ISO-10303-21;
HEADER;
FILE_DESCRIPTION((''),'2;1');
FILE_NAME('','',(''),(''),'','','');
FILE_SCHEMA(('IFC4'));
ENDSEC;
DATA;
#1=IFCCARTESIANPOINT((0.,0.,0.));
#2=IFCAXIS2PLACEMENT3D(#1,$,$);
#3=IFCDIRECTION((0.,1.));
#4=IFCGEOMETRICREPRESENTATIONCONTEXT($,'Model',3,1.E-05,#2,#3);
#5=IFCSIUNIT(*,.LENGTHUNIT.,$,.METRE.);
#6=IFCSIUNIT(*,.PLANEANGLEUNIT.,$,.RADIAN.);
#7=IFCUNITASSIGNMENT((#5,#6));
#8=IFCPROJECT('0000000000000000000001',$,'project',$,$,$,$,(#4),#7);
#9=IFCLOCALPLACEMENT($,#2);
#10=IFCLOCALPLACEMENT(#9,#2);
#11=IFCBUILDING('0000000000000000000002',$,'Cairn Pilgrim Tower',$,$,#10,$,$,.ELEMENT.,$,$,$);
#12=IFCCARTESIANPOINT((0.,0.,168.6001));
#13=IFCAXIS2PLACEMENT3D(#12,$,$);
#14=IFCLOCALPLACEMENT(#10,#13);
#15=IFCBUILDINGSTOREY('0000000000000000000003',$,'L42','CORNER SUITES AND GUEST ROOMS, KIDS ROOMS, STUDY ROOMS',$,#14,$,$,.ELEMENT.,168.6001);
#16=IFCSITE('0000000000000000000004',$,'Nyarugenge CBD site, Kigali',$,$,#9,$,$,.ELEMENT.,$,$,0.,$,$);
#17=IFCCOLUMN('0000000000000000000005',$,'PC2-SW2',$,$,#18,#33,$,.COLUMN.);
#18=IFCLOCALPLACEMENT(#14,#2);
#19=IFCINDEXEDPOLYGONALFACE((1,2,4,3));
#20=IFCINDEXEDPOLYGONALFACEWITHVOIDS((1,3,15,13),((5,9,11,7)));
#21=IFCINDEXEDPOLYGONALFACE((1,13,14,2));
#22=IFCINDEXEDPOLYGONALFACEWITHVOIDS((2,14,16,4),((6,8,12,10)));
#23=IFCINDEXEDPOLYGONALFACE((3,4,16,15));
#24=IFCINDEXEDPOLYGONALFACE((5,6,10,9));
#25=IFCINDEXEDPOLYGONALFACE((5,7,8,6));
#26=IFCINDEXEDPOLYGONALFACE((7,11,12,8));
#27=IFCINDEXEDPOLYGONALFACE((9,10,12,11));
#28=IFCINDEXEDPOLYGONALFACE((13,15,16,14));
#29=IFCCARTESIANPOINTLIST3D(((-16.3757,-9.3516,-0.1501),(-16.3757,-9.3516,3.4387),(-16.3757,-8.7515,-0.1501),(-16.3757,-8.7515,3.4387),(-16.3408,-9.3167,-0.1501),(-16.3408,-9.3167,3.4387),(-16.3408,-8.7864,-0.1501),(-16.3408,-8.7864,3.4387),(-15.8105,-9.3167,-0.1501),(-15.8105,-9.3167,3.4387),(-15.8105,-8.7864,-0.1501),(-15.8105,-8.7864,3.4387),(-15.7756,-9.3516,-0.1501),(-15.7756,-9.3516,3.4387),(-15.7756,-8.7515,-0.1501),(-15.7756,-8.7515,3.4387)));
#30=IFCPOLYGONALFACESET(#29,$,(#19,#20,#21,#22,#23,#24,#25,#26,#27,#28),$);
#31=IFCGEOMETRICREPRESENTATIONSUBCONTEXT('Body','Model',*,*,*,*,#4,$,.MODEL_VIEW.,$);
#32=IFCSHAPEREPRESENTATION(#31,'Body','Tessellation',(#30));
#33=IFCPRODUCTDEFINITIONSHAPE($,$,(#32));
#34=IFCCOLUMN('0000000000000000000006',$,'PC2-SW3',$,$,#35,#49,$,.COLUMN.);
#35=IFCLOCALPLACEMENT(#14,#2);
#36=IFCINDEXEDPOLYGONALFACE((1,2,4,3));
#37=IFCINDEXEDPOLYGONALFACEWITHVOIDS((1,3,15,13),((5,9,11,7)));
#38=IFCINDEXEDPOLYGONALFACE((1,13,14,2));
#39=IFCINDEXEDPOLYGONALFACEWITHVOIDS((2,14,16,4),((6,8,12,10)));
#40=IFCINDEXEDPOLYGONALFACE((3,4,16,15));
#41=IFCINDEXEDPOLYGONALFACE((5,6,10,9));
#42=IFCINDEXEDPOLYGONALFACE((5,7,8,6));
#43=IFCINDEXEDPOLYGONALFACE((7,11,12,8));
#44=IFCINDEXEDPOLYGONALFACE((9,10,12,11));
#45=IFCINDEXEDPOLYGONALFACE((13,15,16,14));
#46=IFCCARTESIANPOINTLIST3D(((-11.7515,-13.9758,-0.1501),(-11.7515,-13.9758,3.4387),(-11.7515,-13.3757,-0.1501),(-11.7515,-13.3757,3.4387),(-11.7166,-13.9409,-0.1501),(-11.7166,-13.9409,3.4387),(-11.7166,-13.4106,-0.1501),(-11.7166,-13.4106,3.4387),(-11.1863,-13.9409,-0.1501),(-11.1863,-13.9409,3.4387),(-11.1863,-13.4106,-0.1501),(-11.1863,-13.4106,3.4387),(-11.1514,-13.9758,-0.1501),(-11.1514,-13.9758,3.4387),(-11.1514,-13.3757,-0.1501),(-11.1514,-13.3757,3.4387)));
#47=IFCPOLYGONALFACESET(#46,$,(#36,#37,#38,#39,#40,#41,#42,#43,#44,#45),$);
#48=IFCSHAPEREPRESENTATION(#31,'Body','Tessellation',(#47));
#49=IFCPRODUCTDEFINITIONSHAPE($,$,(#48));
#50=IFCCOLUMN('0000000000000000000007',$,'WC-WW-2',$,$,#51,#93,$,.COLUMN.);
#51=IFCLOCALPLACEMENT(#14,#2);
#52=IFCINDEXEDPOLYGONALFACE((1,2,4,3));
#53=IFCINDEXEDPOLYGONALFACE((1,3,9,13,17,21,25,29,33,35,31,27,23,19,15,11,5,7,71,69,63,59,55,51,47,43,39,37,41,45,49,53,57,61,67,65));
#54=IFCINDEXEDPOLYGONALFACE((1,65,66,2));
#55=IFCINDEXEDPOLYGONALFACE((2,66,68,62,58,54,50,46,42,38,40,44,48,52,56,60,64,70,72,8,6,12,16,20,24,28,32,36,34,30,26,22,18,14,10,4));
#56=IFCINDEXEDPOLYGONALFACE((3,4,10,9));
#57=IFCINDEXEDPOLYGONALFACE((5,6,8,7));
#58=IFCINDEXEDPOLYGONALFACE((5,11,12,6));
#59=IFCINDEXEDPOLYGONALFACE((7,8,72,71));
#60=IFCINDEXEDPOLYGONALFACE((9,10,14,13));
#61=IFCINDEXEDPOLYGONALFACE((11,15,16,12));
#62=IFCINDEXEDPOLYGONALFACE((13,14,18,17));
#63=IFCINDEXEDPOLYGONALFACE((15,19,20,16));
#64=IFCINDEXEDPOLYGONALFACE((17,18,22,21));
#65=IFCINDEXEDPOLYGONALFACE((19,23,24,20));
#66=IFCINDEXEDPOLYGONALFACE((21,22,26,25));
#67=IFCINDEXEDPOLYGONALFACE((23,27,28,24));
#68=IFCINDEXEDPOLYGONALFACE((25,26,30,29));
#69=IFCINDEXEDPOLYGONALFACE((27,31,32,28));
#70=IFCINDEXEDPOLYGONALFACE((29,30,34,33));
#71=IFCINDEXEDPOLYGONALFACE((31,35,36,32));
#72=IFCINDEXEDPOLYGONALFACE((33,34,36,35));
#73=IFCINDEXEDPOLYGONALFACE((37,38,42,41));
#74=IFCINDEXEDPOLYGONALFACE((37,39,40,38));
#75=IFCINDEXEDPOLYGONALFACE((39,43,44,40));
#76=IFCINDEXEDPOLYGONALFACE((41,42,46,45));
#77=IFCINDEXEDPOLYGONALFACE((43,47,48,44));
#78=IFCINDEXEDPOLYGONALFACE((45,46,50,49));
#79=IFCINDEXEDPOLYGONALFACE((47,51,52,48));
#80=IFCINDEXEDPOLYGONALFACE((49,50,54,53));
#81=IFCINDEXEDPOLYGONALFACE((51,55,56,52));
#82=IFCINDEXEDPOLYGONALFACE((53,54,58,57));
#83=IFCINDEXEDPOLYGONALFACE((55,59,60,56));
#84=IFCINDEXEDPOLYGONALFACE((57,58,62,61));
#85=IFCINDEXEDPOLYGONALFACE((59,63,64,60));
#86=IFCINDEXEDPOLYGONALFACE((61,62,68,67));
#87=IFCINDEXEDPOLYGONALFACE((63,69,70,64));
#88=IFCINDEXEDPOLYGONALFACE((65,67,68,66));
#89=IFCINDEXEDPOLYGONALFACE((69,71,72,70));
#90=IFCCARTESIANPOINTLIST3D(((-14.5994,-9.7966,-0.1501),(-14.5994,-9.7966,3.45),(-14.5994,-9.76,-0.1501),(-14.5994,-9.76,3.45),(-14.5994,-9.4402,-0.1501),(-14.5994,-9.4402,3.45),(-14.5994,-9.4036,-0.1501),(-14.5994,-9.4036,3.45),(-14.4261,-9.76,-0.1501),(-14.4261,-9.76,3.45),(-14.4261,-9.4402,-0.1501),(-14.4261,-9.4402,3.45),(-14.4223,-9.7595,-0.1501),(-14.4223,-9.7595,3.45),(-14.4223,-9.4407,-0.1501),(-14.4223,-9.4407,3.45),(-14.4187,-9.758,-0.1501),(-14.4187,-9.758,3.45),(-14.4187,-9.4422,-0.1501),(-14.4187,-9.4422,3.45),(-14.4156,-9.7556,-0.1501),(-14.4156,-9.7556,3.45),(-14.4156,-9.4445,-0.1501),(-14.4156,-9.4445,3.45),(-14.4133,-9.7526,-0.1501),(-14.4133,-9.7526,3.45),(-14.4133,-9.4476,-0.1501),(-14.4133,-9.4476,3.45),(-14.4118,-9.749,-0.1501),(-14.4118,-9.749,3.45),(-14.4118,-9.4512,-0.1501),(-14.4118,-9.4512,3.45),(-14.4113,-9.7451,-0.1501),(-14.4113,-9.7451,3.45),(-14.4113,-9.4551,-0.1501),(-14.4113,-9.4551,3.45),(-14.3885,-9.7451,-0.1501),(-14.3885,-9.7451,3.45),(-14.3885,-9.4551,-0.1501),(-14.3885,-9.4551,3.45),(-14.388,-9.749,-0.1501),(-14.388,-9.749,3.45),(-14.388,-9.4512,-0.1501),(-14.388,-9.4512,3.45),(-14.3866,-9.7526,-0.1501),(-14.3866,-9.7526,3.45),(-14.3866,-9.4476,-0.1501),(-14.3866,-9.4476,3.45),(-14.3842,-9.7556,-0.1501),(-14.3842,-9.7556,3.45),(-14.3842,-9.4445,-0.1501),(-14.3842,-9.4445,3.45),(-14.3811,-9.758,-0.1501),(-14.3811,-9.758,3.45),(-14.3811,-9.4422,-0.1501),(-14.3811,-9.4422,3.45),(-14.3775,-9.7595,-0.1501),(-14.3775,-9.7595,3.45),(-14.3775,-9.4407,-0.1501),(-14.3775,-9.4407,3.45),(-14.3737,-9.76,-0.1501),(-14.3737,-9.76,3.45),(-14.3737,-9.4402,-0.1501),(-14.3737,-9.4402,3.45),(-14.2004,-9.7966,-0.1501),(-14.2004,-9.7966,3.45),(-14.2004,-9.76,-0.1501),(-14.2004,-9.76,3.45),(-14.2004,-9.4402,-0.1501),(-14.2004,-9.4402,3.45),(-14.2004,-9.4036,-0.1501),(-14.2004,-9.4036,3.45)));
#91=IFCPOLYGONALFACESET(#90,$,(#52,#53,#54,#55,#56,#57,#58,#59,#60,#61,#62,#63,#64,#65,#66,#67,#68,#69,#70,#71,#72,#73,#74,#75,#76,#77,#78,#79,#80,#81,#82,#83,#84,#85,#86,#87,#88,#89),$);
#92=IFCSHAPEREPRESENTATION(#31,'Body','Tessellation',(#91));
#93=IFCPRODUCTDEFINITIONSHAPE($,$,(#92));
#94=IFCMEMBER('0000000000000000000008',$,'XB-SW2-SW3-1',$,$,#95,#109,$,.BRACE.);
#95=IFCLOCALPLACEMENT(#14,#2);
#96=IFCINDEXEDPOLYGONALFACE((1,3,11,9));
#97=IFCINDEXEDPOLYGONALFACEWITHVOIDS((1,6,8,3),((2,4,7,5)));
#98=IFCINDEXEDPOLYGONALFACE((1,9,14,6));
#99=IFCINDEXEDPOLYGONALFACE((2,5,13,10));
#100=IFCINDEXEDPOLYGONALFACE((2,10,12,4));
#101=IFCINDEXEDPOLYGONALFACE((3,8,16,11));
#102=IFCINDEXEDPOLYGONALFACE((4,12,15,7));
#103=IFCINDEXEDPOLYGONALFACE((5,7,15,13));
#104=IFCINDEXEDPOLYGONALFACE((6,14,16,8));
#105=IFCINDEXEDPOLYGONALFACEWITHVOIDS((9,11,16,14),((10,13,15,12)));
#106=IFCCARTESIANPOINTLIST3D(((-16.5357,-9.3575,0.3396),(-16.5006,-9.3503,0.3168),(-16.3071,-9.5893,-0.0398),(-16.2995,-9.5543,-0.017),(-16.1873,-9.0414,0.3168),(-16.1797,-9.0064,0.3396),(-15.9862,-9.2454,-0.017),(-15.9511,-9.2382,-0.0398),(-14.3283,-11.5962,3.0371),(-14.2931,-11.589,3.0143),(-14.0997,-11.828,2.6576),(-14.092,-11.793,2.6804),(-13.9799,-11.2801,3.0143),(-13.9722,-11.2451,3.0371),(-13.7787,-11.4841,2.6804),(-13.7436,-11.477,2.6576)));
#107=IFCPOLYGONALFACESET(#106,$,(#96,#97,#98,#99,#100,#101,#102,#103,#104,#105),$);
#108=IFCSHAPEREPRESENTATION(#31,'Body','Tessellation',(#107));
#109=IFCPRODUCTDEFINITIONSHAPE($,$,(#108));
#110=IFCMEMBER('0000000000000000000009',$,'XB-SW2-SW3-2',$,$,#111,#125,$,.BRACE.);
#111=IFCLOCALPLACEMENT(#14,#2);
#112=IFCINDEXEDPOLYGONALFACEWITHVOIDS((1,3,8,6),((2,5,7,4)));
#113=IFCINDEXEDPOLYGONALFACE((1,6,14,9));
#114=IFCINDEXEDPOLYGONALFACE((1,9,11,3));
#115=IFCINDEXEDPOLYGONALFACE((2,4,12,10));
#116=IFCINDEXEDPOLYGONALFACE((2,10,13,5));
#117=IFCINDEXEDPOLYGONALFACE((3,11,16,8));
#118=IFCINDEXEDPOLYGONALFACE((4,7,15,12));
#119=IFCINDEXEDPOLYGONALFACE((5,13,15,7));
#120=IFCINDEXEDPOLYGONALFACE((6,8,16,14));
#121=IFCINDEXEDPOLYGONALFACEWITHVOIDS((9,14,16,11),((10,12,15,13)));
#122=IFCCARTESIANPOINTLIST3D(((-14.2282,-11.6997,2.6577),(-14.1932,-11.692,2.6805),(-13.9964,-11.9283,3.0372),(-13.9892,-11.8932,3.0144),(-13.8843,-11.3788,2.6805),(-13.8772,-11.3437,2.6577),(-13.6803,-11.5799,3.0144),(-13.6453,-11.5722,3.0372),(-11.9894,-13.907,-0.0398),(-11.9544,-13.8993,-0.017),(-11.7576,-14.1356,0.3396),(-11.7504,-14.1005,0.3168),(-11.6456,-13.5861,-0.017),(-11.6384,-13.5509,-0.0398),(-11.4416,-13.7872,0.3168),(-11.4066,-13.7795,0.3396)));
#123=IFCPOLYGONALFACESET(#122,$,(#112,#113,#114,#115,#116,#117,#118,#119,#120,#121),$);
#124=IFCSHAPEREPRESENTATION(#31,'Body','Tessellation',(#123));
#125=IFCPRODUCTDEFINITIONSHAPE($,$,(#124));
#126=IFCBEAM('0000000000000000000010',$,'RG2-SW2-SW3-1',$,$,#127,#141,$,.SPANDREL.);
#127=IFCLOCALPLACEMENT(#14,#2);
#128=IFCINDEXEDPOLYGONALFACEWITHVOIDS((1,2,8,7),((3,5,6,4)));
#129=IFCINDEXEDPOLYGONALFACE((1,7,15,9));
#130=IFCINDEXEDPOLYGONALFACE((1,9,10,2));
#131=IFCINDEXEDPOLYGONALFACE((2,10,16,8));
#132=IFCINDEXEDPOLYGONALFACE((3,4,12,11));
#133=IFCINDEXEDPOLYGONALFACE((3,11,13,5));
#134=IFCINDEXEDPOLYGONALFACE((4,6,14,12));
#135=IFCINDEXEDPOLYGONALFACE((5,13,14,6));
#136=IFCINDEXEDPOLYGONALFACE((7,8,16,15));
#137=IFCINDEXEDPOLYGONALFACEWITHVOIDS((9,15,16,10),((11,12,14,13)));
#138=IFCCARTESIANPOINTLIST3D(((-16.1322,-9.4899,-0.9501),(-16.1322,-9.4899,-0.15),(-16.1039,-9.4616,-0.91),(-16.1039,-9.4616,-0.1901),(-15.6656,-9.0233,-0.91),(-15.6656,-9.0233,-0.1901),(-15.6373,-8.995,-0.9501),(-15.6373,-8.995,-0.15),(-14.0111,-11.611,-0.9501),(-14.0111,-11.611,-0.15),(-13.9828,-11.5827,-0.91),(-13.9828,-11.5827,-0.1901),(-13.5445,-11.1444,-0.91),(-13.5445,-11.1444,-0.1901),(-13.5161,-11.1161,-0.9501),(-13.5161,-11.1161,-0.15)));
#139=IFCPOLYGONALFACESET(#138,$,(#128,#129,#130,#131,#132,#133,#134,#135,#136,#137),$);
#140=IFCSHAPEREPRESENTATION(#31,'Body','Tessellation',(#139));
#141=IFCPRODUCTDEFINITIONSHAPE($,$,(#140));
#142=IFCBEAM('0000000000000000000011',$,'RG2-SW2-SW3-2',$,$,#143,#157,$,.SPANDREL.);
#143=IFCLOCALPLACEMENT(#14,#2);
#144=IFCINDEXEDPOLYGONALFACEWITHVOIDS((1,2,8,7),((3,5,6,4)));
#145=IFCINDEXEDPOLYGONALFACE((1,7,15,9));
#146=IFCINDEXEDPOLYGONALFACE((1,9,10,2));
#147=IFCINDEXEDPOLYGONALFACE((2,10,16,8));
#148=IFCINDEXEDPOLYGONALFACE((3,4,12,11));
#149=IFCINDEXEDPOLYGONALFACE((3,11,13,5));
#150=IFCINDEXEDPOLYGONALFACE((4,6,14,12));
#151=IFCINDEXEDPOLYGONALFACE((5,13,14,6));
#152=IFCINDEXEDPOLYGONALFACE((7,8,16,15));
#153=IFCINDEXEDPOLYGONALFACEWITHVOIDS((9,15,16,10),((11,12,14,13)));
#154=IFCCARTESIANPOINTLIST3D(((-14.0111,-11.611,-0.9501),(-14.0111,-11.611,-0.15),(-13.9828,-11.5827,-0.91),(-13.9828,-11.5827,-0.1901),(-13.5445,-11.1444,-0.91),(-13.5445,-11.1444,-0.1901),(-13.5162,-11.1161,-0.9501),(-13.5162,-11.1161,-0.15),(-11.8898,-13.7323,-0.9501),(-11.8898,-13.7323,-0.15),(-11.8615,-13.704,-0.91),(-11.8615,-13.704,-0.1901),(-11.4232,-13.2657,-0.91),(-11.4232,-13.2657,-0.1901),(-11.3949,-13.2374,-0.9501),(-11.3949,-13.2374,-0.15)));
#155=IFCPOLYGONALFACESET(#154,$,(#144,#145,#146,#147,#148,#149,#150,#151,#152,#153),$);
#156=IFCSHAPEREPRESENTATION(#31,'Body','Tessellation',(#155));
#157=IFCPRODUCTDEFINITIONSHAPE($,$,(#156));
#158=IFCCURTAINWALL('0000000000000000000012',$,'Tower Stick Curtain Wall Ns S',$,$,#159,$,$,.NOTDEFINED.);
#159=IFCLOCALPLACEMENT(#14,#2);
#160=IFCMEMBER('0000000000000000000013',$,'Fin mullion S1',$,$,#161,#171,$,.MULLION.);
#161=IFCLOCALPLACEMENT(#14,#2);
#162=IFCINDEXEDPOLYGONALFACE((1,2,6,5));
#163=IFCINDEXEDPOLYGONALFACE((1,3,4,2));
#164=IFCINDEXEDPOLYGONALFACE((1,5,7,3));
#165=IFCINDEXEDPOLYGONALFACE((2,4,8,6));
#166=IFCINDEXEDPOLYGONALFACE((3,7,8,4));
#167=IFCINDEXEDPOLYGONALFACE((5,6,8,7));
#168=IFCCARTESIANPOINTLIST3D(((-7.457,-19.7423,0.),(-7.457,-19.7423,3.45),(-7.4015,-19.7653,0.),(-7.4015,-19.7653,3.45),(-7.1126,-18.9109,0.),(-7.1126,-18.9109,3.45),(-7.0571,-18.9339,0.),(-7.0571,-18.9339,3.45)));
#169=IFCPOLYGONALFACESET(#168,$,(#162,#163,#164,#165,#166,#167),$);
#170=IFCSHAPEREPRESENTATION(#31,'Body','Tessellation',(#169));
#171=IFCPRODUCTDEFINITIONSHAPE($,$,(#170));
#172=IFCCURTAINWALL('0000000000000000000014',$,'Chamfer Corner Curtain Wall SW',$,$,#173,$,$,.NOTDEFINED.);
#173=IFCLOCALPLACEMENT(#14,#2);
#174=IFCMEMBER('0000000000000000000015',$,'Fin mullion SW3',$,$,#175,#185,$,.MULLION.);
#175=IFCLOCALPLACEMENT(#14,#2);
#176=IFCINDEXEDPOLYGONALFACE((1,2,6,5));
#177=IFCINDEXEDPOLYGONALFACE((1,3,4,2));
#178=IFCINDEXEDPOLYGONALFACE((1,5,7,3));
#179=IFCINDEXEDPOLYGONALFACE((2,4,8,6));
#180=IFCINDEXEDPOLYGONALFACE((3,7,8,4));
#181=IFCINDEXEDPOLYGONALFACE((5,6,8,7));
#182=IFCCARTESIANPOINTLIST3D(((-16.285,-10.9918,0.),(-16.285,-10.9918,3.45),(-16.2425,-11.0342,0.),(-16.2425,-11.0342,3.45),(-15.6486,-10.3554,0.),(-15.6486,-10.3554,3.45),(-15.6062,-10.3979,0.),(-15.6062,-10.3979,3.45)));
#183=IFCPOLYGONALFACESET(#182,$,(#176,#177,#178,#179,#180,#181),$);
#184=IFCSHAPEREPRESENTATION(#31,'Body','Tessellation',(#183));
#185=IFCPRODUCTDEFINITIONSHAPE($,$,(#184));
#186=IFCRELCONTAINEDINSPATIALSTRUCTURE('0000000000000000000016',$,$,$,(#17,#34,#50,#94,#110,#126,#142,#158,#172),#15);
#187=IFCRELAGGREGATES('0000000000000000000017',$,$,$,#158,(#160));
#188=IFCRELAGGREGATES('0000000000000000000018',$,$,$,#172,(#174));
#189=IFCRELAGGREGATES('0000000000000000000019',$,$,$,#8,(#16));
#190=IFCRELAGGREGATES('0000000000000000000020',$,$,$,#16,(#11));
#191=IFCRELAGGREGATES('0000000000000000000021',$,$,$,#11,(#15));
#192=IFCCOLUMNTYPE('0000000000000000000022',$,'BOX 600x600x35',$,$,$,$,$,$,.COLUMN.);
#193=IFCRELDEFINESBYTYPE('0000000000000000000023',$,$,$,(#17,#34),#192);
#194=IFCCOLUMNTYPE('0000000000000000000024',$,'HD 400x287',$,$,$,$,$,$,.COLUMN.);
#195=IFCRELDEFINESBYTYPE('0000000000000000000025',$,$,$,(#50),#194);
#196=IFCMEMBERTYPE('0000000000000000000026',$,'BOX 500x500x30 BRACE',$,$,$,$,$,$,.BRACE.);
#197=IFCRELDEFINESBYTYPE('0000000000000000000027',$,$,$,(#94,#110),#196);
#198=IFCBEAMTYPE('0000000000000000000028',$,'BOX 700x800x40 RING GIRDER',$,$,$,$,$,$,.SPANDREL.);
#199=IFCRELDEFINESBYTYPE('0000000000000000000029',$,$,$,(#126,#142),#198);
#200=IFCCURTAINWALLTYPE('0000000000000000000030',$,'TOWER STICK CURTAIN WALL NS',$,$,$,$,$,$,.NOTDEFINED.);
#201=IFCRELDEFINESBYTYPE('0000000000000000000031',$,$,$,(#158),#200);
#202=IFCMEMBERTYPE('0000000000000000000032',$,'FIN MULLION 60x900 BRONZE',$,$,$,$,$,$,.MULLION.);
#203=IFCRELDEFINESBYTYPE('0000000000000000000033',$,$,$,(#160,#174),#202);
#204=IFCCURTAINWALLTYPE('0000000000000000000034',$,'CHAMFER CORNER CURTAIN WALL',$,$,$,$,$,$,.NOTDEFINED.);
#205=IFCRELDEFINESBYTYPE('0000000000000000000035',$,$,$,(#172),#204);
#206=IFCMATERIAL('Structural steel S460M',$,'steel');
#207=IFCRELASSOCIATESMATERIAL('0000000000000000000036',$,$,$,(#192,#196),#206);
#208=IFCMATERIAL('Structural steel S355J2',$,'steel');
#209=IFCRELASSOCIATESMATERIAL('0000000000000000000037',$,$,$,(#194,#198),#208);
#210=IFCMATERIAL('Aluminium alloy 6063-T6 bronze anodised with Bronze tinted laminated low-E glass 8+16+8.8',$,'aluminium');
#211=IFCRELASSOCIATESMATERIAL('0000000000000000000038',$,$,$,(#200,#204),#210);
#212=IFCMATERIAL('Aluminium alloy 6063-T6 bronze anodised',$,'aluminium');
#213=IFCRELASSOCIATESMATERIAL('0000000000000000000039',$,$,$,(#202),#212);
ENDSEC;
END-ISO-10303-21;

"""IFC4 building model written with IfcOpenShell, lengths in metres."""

from ifc_helpers import new_model, si_unit, direction, frame, origin, origin_2d, place, context, subcontext, project, spatial, rectangle, hollow_rectangle, i_section, extrude, clip, halfspace, material, material_profile, profile_set, type_object, element, aggregate, save


model = new_model("IFC4")

# Units and contexts
model_context = context("Model", 3, precision=1e-05, world=origin(), true_north=direction((0.0, 1.0)))
body_context = subcontext(model_context, "Body", "Model", "MODEL_VIEW")
ifc_project = project(units=[si_unit("LENGTHUNIT", "METRE"), si_unit("PLANEANGLEUNIT", "RADIAN")], contexts=[model_context])

# Site, building, storey
site_placement = place(None, origin())
site = spatial("IfcSite", under=ifc_project, at=site_placement, Name="Nyarugenge CBD site, Kigali", CompositionType="ELEMENT", RefElevation=0.0)
building_placement = place(site_placement, origin())
building = spatial("IfcBuilding", under=site, at=building_placement, Name="Cairn Pilgrim Tower", CompositionType="ELEMENT")
storey_placement = place(building_placement, frame((0.0, 0.0, 168.6001)))
storey = spatial("IfcBuildingStorey", under=building, at=storey_placement, Name="L42", Description="CORNER SUITES AND GUEST ROOMS, KIDS ROOMS, STUDY ROOMS", CompositionType="ELEMENT", Elevation=168.6001)

# Columns
ifc_material_1 = material(Name="Structural steel S460M", Category="steel")
ifc_material_profile_1 = material_profile(ifc_material_1, hollow_rectangle(XDim=0.6001, YDim=0.6001, WallThickness=0.0349, at=origin_2d()), Name="BOX 600x600x35")
ifc_profile_set_1 = profile_set([ifc_material_profile_1], Name="Structural steel S460M")
column_type_1 = type_object("IfcColumnType", Name="BOX 600x600x35", PredefinedType="COLUMN", material=ifc_profile_set_1)
for number, where, z_axis, x_axis, name in (
    (1, (-16.0757, -9.0515, -0.1501), (0.0, 0.0, 1.0), (1.0, 0.0, 0.0), "PC2-SW2"),
    (2, (-11.4514, -13.6758, -0.1501), (0.0, 0.0, 1.0), (1.0, 0.0, 0.0), "PC2-SW3"),
):
    element("IfcColumn", number, at=place(storey_placement, frame(where, z_axis=z_axis, x_axis=x_axis)), inside=storey, type_object=column_type_1, Name=name, PredefinedType="COLUMN", context=body_context, shape_type="Clipping", body=[
        clip(extrude(hollow_rectangle(XDim=0.6001, YDim=0.6001, WallThickness=0.0349, at=origin_2d()), origin(), (0.0, 0.0, 1.0), 3.6001), halfspace(frame((0.0, 0.0, 3.5889), z_axis=(0.0, 0.0, 1.0), x_axis=(1.0, 0.0, 0.0)), False)),
    ])
ifc_material_2 = material(Name="Structural steel S355J2", Category="steel")
ifc_material_profile_2 = material_profile(ifc_material_2, i_section(OverallWidth=0.3989, OverallDepth=0.3931, WebThickness=0.0227, FlangeThickness=0.0366, FilletRadius=0.0149, at=origin_2d()), Name="HD 400x287")
ifc_profile_set_2 = profile_set([ifc_material_profile_2], Name="Structural steel S355J2")
column_type_2 = type_object("IfcColumnType", Name="HD 400x287", PredefinedType="COLUMN", material=ifc_profile_set_2)
column_placement = place(storey_placement, frame((-14.3999, -9.6001, -0.1501), z_axis=(0.0, 0.0, 1.0), x_axis=(1.0, 0.0, 0.0)))
element("IfcColumn", 3, at=column_placement, inside=storey, type_object=column_type_2, Name="WC-WW-2", PredefinedType="COLUMN", context=body_context, shape_type="SweptSolid", body=[
    extrude(i_section(OverallWidth=0.3989, OverallDepth=0.3931, WebThickness=0.0227, FlangeThickness=0.0366, FilletRadius=0.0149, at=origin_2d()), origin(), (0.0, 0.0, 1.0), 3.6001),
])

# Members
ifc_material_profile_3 = material_profile(ifc_material_1, hollow_rectangle(XDim=0.5, YDim=0.5, WallThickness=0.03, at=origin_2d()), Name="BOX 500x500x30")
ifc_profile_set_3 = profile_set([ifc_material_profile_3], Name="Structural steel S460M")
member_type_1 = type_object("IfcMemberType", Name="BOX 500x500x30 BRACE", PredefinedType="BRACE", material=ifc_profile_set_3)
for number, where, z_axis, x_axis, name in (
    (4, (-16.2434, -9.2979, 0.1499), (0.532872, -0.540416, 0.651151), (0.712059, 0.70212, 0.0), "XB-SW2-SW3-1"),
    (5, (-11.698, -13.8433, 0.1499), (-0.540433, 0.53283, 0.651171), (-0.70208, -0.712098, 0.0), "XB-SW2-SW3-2"),
):
    element("IfcMember", number, at=place(storey_placement, frame(where, z_axis=z_axis, x_axis=x_axis)), inside=storey, type_object=member_type_1, Name=name, PredefinedType="BRACE", context=body_context, shape_type="SweptSolid", body=[
        extrude(hollow_rectangle(XDim=0.5, YDim=0.5, WallThickness=0.03, at=origin_2d()), origin(), (0.0, 0.0, 1.0), 4.1426),
    ])

# Beams
ifc_material_profile_4 = material_profile(ifc_material_2, hollow_rectangle(XDim=0.7, YDim=0.8, WallThickness=0.04, at=origin_2d()), Name="BOX 700x800x40")
ifc_profile_set_4 = profile_set([ifc_material_profile_4], Name="Structural steel S355J2")
beam_type_1 = type_object("IfcBeamType", Name="BOX 700x800x40 RING GIRDER", PredefinedType="SPANDREL", material=ifc_profile_set_4)
beam_1_placement = place(storey_placement, frame((-15.8848, -9.2424, -0.55), z_axis=(0.707107, -0.707107, 0.0), x_axis=(0.707107, 0.707107, 0.0)))
element("IfcBeam", 6, at=beam_1_placement, inside=storey, type_object=beam_type_1, Name="RG2-SW2-SW3-1", PredefinedType="SPANDREL", context=body_context, shape_type="SweptSolid", body=[
    extrude(hollow_rectangle(XDim=0.7, YDim=0.8, WallThickness=0.04, at=origin_2d()), origin(), (0.0, 0.0, 1.0), 2.9998),
])
beam_2_placement = place(storey_placement, frame((-13.7637, -11.3635, -0.55), z_axis=(0.707107, -0.707107, 0.0), x_axis=(0.707107, 0.707107, 0.0)))
element("IfcBeam", 7, at=beam_2_placement, inside=storey, type_object=beam_type_1, Name="RG2-SW2-SW3-2", PredefinedType="SPANDREL", context=body_context, shape_type="SweptSolid", body=[
    extrude(hollow_rectangle(XDim=0.7, YDim=0.8, WallThickness=0.04, at=origin_2d()), origin(), (0.0, 0.0, 1.0), 3.0),
])

# Curtain wall, member
ifc_material_3 = material(Name="Aluminium alloy 6063-T6 bronze anodised with Bronze tinted laminated low-E glass 8+16+8.8", Category="aluminium")
curtain_wall_type_1 = type_object("IfcCurtainWallType", Name="TOWER STICK CURTAIN WALL NS", PredefinedType="NOTDEFINED", material=ifc_material_3)
curtain_wall_1_placement = place(storey_placement, origin())
curtain_wall_1 = element("IfcCurtainWall", 8, at=curtain_wall_1_placement, inside=storey, type_object=curtain_wall_type_1, Name="Tower Stick Curtain Wall Ns S", PredefinedType="NOTDEFINED")
ifc_material_4 = material(Name="Aluminium alloy 6063-T6 bronze anodised", Category="aluminium")
ifc_material_profile_5 = material_profile(ifc_material_4, rectangle(XDim=0.8999, YDim=0.0601, at=origin_2d()), Name="FIN MULLION 60x900 BRONZE")
ifc_profile_set_5 = profile_set([ifc_material_profile_5], Name="Aluminium alloy 6063-T6 bronze anodised")
member_type_2 = type_object("IfcMemberType", Name="FIN MULLION 60x900 BRONZE", PredefinedType="MULLION", material=ifc_profile_set_5)
member_1_placement = place(storey_placement, frame((-7.2571, -19.3381, 0.0), z_axis=(0.0, 0.0, 1.0), x_axis=(-0.382683, -0.92388, 0.0)))
member_1 = element("IfcMember", 9, at=member_1_placement, type_object=member_type_2, Name="Fin mullion S1", PredefinedType="MULLION", context=body_context, shape_type="SweptSolid", body=[
    extrude(rectangle(XDim=0.8999, YDim=0.0601, at=origin_2d()), origin(), (0.0, 0.0, 1.0), 3.45),
])
aggregate(curtain_wall_1, [member_1])

# Curtain wall, member
curtain_wall_type_2 = type_object("IfcCurtainWallType", Name="CHAMFER CORNER CURTAIN WALL", PredefinedType="NOTDEFINED", material=ifc_material_3)
curtain_wall_2_placement = place(storey_placement, origin())
curtain_wall_2 = element("IfcCurtainWall", 10, at=curtain_wall_2_placement, inside=storey, type_object=curtain_wall_type_2, Name="Chamfer Corner Curtain Wall SW", PredefinedType="NOTDEFINED")
member_2_placement = place(storey_placement, frame((-15.9456, -10.6948, 0.0), z_axis=(0.0, 0.0, 1.0), x_axis=(-0.707107, -0.707107, 0.0)))
member_2 = element("IfcMember", 11, at=member_2_placement, type_object=member_type_2, Name="Fin mullion SW3", PredefinedType="MULLION", context=body_context, shape_type="SweptSolid", body=[
    extrude(rectangle(XDim=0.8999, YDim=0.0601, at=origin_2d()), origin(), (0.0, 0.0, 1.0), 3.45),
])

aggregate(curtain_wall_2, [member_2])

save(model, "model.ifc")
